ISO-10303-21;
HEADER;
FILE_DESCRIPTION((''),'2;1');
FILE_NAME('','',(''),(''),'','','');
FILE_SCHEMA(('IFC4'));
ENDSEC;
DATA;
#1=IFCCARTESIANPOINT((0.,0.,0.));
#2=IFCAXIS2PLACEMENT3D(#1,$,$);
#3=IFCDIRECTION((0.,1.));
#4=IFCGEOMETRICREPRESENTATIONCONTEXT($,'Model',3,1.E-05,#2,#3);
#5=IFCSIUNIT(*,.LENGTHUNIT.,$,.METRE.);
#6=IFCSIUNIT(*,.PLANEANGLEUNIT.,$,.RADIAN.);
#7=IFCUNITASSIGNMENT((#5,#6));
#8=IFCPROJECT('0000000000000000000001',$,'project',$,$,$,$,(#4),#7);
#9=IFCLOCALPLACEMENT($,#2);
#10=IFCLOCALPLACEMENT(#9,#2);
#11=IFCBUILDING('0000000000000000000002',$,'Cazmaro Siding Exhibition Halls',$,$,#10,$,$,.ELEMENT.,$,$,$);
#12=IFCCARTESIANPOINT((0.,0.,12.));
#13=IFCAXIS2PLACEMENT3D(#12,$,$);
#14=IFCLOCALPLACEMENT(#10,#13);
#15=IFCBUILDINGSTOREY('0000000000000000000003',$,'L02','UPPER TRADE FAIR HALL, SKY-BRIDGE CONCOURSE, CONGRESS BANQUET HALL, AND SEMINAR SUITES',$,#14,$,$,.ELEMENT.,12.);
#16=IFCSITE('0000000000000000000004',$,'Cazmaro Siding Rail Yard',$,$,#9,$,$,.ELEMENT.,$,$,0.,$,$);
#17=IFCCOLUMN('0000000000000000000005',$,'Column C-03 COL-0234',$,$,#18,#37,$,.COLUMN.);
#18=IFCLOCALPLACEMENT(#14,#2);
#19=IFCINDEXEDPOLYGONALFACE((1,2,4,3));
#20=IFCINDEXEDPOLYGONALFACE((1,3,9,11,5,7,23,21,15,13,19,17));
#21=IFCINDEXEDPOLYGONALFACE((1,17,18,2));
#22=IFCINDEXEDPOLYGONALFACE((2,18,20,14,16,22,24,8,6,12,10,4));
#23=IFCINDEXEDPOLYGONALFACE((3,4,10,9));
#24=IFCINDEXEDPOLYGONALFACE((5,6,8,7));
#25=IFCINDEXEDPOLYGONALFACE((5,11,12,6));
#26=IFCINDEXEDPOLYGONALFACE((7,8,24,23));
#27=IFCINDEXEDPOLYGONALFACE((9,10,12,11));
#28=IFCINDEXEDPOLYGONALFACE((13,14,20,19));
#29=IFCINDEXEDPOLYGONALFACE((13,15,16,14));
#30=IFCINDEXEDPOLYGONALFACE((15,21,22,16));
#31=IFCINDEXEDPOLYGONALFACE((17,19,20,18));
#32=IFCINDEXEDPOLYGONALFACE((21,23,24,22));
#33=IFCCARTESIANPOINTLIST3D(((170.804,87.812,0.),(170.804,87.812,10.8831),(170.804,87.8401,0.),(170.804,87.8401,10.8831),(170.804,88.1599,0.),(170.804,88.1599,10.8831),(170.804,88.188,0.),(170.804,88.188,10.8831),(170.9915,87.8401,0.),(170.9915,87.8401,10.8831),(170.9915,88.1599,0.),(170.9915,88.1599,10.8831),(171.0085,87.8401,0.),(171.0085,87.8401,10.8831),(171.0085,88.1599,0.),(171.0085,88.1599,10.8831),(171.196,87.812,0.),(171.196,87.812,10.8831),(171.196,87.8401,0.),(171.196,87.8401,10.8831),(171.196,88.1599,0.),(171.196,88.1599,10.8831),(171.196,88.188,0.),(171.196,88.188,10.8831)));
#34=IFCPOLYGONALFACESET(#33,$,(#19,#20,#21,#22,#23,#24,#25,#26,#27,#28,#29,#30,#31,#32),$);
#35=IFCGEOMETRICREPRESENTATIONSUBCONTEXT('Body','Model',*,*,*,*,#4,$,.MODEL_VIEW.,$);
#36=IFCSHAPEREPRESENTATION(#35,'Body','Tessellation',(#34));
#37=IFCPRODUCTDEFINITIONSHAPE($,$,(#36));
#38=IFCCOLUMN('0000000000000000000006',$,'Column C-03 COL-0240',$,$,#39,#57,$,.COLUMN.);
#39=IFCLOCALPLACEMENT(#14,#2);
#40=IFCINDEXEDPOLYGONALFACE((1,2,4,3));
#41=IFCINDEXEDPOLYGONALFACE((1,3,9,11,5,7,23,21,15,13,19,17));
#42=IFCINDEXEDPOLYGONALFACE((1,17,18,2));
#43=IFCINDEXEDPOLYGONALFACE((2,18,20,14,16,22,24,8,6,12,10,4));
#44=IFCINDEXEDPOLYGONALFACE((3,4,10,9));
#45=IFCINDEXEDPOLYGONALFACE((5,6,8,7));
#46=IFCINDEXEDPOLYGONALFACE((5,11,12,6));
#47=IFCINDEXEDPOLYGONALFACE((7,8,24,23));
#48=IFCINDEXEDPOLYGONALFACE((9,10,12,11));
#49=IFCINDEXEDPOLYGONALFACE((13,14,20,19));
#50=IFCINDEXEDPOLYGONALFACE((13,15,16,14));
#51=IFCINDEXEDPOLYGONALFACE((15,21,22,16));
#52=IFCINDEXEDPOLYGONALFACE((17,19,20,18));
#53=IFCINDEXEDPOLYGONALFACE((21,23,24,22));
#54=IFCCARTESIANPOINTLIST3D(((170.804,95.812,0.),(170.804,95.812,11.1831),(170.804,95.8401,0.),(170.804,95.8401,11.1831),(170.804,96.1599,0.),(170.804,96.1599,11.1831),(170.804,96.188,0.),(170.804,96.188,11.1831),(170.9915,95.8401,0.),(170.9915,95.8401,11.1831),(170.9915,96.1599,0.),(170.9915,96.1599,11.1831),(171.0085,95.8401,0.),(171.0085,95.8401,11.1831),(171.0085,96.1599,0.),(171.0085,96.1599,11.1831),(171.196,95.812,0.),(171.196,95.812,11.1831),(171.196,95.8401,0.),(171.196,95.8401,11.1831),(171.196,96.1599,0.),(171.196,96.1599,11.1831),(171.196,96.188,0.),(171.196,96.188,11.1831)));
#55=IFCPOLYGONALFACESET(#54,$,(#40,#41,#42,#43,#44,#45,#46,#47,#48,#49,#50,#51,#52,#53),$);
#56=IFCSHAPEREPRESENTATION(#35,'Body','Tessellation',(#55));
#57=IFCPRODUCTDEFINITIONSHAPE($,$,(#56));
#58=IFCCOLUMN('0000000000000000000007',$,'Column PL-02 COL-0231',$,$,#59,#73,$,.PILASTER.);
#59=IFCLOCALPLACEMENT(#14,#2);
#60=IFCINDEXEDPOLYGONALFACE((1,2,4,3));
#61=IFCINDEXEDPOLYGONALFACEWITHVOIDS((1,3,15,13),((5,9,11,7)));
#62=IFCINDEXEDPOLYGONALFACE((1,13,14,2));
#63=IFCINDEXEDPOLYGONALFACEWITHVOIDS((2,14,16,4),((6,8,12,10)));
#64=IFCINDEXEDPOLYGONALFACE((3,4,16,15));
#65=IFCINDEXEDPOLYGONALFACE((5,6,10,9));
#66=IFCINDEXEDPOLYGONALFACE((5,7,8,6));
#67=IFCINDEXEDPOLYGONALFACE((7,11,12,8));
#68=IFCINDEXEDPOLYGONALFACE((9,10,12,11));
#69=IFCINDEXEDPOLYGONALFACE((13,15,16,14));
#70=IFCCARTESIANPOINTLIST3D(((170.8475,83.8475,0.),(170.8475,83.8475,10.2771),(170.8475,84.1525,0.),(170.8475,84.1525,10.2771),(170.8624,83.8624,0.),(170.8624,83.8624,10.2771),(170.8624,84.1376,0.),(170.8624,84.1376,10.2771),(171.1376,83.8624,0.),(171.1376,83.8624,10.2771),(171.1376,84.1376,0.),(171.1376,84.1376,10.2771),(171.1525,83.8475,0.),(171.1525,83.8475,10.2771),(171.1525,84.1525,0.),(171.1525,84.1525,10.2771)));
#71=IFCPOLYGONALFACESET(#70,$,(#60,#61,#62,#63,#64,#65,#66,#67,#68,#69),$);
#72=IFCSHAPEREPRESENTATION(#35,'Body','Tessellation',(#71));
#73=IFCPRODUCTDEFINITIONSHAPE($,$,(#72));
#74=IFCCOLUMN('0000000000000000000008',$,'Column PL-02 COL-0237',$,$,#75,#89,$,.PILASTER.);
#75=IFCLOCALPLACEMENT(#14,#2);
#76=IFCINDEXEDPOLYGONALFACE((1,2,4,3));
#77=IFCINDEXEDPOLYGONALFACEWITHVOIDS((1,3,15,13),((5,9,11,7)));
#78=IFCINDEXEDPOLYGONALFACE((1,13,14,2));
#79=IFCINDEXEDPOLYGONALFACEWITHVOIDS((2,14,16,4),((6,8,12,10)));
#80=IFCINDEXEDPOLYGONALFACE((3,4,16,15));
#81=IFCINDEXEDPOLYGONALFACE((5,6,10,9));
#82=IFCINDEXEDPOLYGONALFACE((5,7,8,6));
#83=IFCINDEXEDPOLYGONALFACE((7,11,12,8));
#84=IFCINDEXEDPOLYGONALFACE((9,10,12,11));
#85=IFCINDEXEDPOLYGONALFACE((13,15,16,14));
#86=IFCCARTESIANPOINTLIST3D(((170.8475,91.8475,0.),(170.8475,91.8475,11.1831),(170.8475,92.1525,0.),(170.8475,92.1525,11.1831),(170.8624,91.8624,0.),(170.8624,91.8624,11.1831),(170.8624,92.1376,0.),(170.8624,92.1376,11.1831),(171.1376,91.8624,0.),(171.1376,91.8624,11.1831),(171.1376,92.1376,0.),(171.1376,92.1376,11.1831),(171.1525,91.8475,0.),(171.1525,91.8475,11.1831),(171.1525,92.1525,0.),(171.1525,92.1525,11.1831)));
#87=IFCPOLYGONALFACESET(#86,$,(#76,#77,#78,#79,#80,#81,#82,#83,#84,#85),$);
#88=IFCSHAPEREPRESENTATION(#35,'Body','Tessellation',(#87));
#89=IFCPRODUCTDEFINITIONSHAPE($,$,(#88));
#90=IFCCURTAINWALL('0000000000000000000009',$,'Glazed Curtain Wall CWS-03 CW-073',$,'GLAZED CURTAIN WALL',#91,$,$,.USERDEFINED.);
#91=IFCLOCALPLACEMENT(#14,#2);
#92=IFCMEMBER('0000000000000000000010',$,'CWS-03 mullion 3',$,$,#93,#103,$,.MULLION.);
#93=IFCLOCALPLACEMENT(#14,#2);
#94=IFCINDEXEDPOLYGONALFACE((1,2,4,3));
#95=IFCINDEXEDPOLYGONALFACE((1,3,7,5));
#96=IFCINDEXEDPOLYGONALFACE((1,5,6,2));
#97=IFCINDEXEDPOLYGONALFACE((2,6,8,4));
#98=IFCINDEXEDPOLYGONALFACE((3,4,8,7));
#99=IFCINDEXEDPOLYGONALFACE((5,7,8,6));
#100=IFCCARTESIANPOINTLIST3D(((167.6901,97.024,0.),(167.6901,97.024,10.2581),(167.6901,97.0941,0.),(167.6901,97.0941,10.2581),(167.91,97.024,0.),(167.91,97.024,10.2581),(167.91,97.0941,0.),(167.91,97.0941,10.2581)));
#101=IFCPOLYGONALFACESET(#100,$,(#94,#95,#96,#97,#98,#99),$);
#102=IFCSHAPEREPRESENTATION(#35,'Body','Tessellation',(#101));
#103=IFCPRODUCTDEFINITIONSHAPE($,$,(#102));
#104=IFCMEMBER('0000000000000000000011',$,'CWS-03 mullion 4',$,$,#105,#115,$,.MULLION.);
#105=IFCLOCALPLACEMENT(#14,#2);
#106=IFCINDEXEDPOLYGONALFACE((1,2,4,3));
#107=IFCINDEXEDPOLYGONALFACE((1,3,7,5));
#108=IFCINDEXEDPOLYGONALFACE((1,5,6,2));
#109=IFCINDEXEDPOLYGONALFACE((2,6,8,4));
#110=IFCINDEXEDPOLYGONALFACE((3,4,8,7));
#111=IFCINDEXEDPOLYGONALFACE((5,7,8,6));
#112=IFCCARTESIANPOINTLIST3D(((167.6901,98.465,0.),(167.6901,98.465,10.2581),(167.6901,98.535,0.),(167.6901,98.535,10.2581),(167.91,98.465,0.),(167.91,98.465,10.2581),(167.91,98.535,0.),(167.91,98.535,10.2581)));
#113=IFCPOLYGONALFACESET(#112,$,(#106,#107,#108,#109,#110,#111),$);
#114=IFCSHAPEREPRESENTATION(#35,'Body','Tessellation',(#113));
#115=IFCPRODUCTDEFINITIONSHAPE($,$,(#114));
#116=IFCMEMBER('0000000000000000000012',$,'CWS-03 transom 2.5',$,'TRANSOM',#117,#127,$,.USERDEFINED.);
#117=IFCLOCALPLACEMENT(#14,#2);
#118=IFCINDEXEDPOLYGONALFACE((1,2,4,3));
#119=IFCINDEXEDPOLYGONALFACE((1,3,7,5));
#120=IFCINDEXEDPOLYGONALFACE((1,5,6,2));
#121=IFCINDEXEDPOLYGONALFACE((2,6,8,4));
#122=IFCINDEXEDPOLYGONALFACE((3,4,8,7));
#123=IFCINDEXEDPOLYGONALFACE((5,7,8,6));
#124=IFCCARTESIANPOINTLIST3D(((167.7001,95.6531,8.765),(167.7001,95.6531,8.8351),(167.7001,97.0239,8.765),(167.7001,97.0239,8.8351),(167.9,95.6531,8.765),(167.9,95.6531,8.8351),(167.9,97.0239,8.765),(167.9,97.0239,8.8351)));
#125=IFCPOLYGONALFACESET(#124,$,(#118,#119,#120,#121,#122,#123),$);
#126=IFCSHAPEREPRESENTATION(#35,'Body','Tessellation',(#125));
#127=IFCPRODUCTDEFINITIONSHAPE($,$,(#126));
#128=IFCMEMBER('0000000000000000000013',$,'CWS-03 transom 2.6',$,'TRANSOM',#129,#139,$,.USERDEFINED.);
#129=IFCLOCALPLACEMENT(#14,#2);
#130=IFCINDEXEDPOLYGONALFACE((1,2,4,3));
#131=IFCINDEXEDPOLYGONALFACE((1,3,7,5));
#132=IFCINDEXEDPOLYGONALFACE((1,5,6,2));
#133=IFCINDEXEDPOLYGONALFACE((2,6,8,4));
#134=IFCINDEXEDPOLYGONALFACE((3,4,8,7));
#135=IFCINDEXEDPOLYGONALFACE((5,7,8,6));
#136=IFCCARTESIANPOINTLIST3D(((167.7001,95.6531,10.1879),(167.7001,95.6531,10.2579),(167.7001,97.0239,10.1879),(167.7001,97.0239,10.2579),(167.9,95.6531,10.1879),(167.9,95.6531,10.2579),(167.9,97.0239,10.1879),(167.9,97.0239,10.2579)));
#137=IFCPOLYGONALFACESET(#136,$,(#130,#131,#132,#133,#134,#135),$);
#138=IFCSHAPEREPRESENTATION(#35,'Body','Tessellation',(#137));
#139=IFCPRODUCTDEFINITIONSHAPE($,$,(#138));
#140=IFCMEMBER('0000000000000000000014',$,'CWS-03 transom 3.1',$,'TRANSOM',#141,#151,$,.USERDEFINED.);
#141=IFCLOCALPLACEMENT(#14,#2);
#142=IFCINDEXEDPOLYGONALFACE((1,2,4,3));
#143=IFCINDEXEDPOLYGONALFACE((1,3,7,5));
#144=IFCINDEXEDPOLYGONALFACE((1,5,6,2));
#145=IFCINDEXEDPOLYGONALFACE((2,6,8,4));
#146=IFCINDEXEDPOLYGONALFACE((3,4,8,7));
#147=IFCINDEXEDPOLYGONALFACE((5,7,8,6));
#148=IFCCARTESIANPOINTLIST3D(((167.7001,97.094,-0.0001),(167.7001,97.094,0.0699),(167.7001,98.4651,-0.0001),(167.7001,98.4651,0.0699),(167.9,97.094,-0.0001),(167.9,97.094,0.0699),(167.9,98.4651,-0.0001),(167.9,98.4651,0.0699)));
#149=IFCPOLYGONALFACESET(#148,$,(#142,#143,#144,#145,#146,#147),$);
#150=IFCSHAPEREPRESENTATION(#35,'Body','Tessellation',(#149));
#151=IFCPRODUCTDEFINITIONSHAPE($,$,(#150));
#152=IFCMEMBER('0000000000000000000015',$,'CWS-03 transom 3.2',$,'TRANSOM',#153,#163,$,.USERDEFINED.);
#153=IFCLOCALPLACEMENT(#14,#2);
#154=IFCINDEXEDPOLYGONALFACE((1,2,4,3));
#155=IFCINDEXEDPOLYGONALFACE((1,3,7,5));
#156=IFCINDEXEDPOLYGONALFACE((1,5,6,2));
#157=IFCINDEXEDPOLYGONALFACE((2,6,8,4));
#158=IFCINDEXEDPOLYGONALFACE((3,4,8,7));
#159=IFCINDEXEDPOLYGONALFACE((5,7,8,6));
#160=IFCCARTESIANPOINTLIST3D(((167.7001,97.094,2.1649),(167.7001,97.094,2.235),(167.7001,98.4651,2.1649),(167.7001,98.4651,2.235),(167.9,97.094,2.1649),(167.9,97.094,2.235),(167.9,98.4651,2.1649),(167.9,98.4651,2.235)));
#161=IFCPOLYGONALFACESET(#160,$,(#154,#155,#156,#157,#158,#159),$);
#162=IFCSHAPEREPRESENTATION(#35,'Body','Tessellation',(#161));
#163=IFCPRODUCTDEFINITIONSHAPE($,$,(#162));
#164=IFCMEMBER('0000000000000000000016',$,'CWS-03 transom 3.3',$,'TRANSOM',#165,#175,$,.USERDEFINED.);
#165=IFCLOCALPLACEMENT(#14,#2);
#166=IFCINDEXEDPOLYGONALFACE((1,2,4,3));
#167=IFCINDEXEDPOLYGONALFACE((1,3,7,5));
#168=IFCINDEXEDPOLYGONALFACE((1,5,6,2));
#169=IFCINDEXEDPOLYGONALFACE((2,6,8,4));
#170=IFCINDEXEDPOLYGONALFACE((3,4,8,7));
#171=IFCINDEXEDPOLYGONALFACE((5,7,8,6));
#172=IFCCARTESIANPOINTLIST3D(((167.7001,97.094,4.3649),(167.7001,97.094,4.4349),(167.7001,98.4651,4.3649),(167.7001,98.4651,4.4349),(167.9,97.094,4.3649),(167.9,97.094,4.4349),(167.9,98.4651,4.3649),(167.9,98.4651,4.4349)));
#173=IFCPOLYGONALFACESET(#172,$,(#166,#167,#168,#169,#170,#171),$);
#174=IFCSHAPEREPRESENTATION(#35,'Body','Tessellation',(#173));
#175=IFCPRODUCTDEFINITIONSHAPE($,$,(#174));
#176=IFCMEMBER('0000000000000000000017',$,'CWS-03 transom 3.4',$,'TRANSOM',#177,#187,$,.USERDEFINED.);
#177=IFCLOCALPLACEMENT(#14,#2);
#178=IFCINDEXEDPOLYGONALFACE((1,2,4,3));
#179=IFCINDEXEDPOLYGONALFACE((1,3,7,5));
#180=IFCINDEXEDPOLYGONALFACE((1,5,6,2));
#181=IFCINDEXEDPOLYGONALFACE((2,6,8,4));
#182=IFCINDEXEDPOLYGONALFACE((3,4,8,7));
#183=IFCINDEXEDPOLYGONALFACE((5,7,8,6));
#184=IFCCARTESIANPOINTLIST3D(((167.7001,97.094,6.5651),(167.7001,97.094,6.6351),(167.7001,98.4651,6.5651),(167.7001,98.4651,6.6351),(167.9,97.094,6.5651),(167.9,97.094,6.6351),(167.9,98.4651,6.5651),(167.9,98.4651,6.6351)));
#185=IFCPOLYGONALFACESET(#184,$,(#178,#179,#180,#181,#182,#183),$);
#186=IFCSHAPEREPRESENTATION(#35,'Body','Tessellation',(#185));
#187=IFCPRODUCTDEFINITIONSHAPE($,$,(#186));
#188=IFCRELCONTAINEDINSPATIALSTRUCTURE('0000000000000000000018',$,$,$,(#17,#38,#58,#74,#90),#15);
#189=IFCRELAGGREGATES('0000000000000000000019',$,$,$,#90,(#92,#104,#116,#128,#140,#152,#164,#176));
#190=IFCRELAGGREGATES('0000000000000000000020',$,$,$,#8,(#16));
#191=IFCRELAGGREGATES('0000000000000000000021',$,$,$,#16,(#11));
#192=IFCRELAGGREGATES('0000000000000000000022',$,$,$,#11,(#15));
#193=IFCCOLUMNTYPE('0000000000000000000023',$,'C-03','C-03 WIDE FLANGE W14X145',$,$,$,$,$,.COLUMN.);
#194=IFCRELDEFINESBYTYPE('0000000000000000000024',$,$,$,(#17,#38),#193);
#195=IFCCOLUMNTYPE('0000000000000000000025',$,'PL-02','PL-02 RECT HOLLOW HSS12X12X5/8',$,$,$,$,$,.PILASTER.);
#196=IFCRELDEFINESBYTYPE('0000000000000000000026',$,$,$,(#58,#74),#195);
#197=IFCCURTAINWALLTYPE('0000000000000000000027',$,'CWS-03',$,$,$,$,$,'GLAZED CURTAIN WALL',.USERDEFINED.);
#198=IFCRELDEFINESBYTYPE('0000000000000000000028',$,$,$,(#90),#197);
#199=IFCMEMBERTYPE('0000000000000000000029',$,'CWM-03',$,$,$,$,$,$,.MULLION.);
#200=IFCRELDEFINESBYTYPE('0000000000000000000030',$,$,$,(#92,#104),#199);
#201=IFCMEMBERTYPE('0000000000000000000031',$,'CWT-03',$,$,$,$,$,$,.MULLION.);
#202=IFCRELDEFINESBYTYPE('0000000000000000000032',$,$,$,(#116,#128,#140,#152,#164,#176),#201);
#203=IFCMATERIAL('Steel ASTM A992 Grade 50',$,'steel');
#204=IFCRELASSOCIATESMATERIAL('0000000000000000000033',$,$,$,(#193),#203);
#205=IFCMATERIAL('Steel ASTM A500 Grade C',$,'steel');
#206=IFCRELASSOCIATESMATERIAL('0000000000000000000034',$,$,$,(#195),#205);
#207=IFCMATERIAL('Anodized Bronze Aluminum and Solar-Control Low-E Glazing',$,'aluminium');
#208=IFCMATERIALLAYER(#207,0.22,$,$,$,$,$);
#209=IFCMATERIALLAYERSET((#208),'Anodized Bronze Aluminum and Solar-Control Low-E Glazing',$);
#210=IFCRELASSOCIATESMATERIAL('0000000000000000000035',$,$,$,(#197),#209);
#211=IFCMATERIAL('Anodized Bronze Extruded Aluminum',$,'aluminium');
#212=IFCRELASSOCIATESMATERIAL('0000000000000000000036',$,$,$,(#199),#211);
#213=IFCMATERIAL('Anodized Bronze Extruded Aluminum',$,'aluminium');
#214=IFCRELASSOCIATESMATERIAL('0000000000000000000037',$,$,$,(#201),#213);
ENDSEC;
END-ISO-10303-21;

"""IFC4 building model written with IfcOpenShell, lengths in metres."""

from ifc_helpers import new_model, si_unit, direction, frame, origin, origin_2d, place, context, subcontext, project, spatial, rectangle, hollow_rectangle, i_section, extrude, material, layer, layer_set, material_profile, profile_set, type_object, element, aggregate, save


model = new_model("IFC4")

# Units and contexts
model_context = context("Model", 3, precision=1e-05, world=origin(), true_north=direction((0.0, 1.0)))
body_context = subcontext(model_context, "Body", "Model", "MODEL_VIEW")
ifc_project = project(units=[si_unit("LENGTHUNIT", "METRE"), si_unit("PLANEANGLEUNIT", "RADIAN")], contexts=[model_context])

# Site, building, storey
site_placement = place(None, origin())
site = spatial("IfcSite", under=ifc_project, at=site_placement, Name="Cazmaro Siding Rail Yard", CompositionType="ELEMENT", RefElevation=0.0)
building_placement = place(site_placement, origin())
building = spatial("IfcBuilding", under=site, at=building_placement, Name="Cazmaro Siding Exhibition Halls", CompositionType="ELEMENT")
storey_placement = place(building_placement, frame((0.0, 0.0, 12.0)))
storey = spatial("IfcBuildingStorey", under=building, at=storey_placement, Name="L02", Description="UPPER TRADE FAIR HALL, SKY-BRIDGE CONCOURSE, CONGRESS BANQUET HALL, AND SEMINAR SUITES", CompositionType="ELEMENT", Elevation=12.0)

# Columns
ifc_material_1 = material(Name="Steel ASTM A992 Grade 50", Category="steel")
ifc_material_profile_1 = material_profile(ifc_material_1, i_section(OverallWidth=0.3921, OverallDepth=0.376, WebThickness=0.0171, FlangeThickness=0.0281, at=origin_2d()), Name="W14X145")
ifc_profile_set_1 = profile_set([ifc_material_profile_1], Name="Steel ASTM A992 Grade 50")
column_type_1 = type_object("IfcColumnType", Name="C-03", Description="C-03 WIDE FLANGE W14X145", PredefinedType="COLUMN", material=ifc_profile_set_1)
column_1_placement = place(storey_placement, frame((171.0, 88.0, 0.0), z_axis=(0.0, 0.0, 1.0), x_axis=(1.0, 0.0, 0.0)))
element("IfcColumn", 1, at=column_1_placement, inside=storey, type_object=column_type_1, Name="Column C-03 COL-0234", PredefinedType="COLUMN", context=body_context, shape_type="SweptSolid", body=[
    extrude(i_section(OverallWidth=0.3921, OverallDepth=0.376, WebThickness=0.0171, FlangeThickness=0.0281, at=origin_2d()), origin(), (0.0, 0.0, 1.0), 10.8831),
])
column_2_placement = place(storey_placement, frame((171.0, 96.0, 0.0), z_axis=(0.0, 0.0, 1.0), x_axis=(1.0, 0.0, 0.0)))
element("IfcColumn", 2, at=column_2_placement, inside=storey, type_object=column_type_1, Name="Column C-03 COL-0240", PredefinedType="COLUMN", context=body_context, shape_type="SweptSolid", body=[
    extrude(i_section(OverallWidth=0.3921, OverallDepth=0.376, WebThickness=0.0171, FlangeThickness=0.0281, at=origin_2d()), origin(), (0.0, 0.0, 1.0), 11.1831),
])
ifc_material_2 = material(Name="Steel ASTM A500 Grade C", Category="steel")
ifc_material_profile_2 = material_profile(ifc_material_2, hollow_rectangle(XDim=0.3049, YDim=0.3049, WallThickness=0.0149, at=origin_2d()), Name="HSS12X12X5/8")
ifc_profile_set_2 = profile_set([ifc_material_profile_2], Name="Steel ASTM A500 Grade C")
column_type_2 = type_object("IfcColumnType", Name="PL-02", Description="PL-02 RECT HOLLOW HSS12X12X5/8", PredefinedType="PILASTER", material=ifc_profile_set_2)
column_3_placement = place(storey_placement, frame((171.0, 84.0, 0.0), z_axis=(0.0, 0.0, 1.0), x_axis=(1.0, 0.0, 0.0)))
element("IfcColumn", 3, at=column_3_placement, inside=storey, type_object=column_type_2, Name="Column PL-02 COL-0231", PredefinedType="PILASTER", context=body_context, shape_type="SweptSolid", body=[
    extrude(hollow_rectangle(XDim=0.3049, YDim=0.3049, WallThickness=0.0149, at=origin_2d()), origin(), (0.0, 0.0, 1.0), 10.2771),
])
column_4_placement = place(storey_placement, frame((171.0, 92.0, 0.0), z_axis=(0.0, 0.0, 1.0), x_axis=(1.0, 0.0, 0.0)))
element("IfcColumn", 4, at=column_4_placement, inside=storey, type_object=column_type_2, Name="Column PL-02 COL-0237", PredefinedType="PILASTER", context=body_context, shape_type="SweptSolid", body=[
    extrude(hollow_rectangle(XDim=0.3049, YDim=0.3049, WallThickness=0.0149, at=origin_2d()), origin(), (0.0, 0.0, 1.0), 11.1831),
])

# Curtain wall, members
ifc_material_3 = material(Name="Anodized Bronze Aluminum and Solar-Control Low-E Glazing", Category="aluminium")
ifc_layer_1 = layer(ifc_material_3, 0.22)
ifc_layer_set_1 = layer_set([ifc_layer_1], Name="Anodized Bronze Aluminum and Solar-Control Low-E Glazing")
curtain_wall_type = type_object("IfcCurtainWallType", Name="CWS-03", ElementType="GLAZED CURTAIN WALL", PredefinedType="USERDEFINED", material=ifc_layer_set_1)
curtain_wall_placement = place(storey_placement, origin())
curtain_wall = element("IfcCurtainWall", 5, at=curtain_wall_placement, inside=storey, type_object=curtain_wall_type, Name="Glazed Curtain Wall CWS-03 CW-073", ObjectType="GLAZED CURTAIN WALL", PredefinedType="USERDEFINED")
ifc_material_4 = material(Name="Anodized Bronze Extruded Aluminum", Category="aluminium")
ifc_material_profile_3 = material_profile(ifc_material_4, rectangle(XDim=0.22, YDim=0.0701, at=origin_2d()), Name="CWM-03")
ifc_profile_set_3 = profile_set([ifc_material_profile_3], Name="Anodized Bronze Extruded Aluminum")
member_type_1 = type_object("IfcMemberType", Name="CWM-03", PredefinedType="MULLION", material=ifc_profile_set_3)
member_1_placement = place(storey_placement, frame((167.8, 97.0591, 0.0), z_axis=(0.0, 0.0, 1.0), x_axis=(-1.0, 0.0, 0.0)))
member_1 = element("IfcMember", 6, at=member_1_placement, type_object=member_type_1, Name="CWS-03 mullion 3", PredefinedType="MULLION", context=body_context, shape_type="SweptSolid", body=[
    extrude(rectangle(XDim=0.22, YDim=0.0701, at=origin_2d()), origin(), (0.0, 0.0, 1.0), 10.2581),
])
member_2_placement = place(storey_placement, frame((167.8, 98.5, 0.0), z_axis=(0.0, 0.0, 1.0), x_axis=(-1.0, 0.0, 0.0)))
member_2 = element("IfcMember", 7, at=member_2_placement, type_object=member_type_1, Name="CWS-03 mullion 4", PredefinedType="MULLION", context=body_context, shape_type="SweptSolid", body=[
    extrude(rectangle(XDim=0.22, YDim=0.0701, at=origin_2d()), origin(), (0.0, 0.0, 1.0), 10.2581),
])
ifc_material_5 = material(Name="Anodized Bronze Extruded Aluminum", Category="aluminium")
ifc_material_profile_4 = material_profile(ifc_material_5, rectangle(XDim=0.2, YDim=0.0701, at=origin_2d()), Name="CWT-03")
ifc_profile_set_4 = profile_set([ifc_material_profile_4], Name="Anodized Bronze Extruded Aluminum")
member_type_2 = type_object("IfcMemberType", Name="CWT-03", PredefinedType="MULLION", material=ifc_profile_set_4)
member_3_placement = place(storey_placement, frame((167.8, 95.6531, 8.8), z_axis=(0.0, 1.0, 0.0), x_axis=(-1.0, 0.0, 0.0)))
member_3 = element("IfcMember", 8, at=member_3_placement, type_object=member_type_2, Name="CWS-03 transom 2.5", ObjectType="TRANSOM", PredefinedType="USERDEFINED", context=body_context, shape_type="SweptSolid", body=[
    extrude(rectangle(XDim=0.2, YDim=0.0701, at=origin_2d()), origin(), (0.0, 0.0, 1.0), 1.3708),
])
member_4_placement = place(storey_placement, frame((167.8, 95.6531, 10.2229), z_axis=(0.0, 1.0, 0.0), x_axis=(-1.0, 0.0, 0.0)))
member_4 = element("IfcMember", 9, at=member_4_placement, type_object=member_type_2, Name="CWS-03 transom 2.6", ObjectType="TRANSOM", PredefinedType="USERDEFINED", context=body_context, shape_type="SweptSolid", body=[
    extrude(rectangle(XDim=0.2, YDim=0.0701, at=origin_2d()), origin(), (0.0, 0.0, 1.0), 1.3708),
])
member_5_placement = place(storey_placement, frame((167.8, 97.094, 0.0349), z_axis=(0.0, 1.0, 0.0), x_axis=(-1.0, 0.0, 0.0)))
member_5 = element("IfcMember", 10, at=member_5_placement, type_object=member_type_2, Name="CWS-03 transom 3.1", ObjectType="TRANSOM", PredefinedType="USERDEFINED", context=body_context, shape_type="SweptSolid", body=[
    extrude(rectangle(XDim=0.2, YDim=0.0701, at=origin_2d()), origin(), (0.0, 0.0, 1.0), 1.3711),
])
member_6_placement = place(storey_placement, frame((167.8, 97.094, 2.2), z_axis=(0.0, 1.0, 0.0), x_axis=(-1.0, 0.0, 0.0)))
member_6 = element("IfcMember", 11, at=member_6_placement, type_object=member_type_2, Name="CWS-03 transom 3.2", ObjectType="TRANSOM", PredefinedType="USERDEFINED", context=body_context, shape_type="SweptSolid", body=[
    extrude(rectangle(XDim=0.2, YDim=0.0701, at=origin_2d()), origin(), (0.0, 0.0, 1.0), 1.3711),
])
member_7_placement = place(storey_placement, frame((167.8, 97.094, 4.3999), z_axis=(0.0, 1.0, 0.0), x_axis=(-1.0, 0.0, 0.0)))
member_7 = element("IfcMember", 12, at=member_7_placement, type_object=member_type_2, Name="CWS-03 transom 3.3", ObjectType="TRANSOM", PredefinedType="USERDEFINED", context=body_context, shape_type="SweptSolid", body=[
    extrude(rectangle(XDim=0.2, YDim=0.0701, at=origin_2d()), origin(), (0.0, 0.0, 1.0), 1.3711),
])
member_8_placement = place(storey_placement, frame((167.8, 97.094, 6.6001), z_axis=(0.0, 1.0, 0.0), x_axis=(-1.0, 0.0, 0.0)))
member_8 = element("IfcMember", 13, at=member_8_placement, type_object=member_type_2, Name="CWS-03 transom 3.4", ObjectType="TRANSOM", PredefinedType="USERDEFINED", context=body_context, shape_type="SweptSolid", body=[
    extrude(rectangle(XDim=0.2, YDim=0.0701, at=origin_2d()), origin(), (0.0, 0.0, 1.0), 1.3711),
])

aggregate(curtain_wall, [member_1, member_2, member_3, member_4, member_5, member_6, member_7, member_8])

save(model, "model.ifc")
